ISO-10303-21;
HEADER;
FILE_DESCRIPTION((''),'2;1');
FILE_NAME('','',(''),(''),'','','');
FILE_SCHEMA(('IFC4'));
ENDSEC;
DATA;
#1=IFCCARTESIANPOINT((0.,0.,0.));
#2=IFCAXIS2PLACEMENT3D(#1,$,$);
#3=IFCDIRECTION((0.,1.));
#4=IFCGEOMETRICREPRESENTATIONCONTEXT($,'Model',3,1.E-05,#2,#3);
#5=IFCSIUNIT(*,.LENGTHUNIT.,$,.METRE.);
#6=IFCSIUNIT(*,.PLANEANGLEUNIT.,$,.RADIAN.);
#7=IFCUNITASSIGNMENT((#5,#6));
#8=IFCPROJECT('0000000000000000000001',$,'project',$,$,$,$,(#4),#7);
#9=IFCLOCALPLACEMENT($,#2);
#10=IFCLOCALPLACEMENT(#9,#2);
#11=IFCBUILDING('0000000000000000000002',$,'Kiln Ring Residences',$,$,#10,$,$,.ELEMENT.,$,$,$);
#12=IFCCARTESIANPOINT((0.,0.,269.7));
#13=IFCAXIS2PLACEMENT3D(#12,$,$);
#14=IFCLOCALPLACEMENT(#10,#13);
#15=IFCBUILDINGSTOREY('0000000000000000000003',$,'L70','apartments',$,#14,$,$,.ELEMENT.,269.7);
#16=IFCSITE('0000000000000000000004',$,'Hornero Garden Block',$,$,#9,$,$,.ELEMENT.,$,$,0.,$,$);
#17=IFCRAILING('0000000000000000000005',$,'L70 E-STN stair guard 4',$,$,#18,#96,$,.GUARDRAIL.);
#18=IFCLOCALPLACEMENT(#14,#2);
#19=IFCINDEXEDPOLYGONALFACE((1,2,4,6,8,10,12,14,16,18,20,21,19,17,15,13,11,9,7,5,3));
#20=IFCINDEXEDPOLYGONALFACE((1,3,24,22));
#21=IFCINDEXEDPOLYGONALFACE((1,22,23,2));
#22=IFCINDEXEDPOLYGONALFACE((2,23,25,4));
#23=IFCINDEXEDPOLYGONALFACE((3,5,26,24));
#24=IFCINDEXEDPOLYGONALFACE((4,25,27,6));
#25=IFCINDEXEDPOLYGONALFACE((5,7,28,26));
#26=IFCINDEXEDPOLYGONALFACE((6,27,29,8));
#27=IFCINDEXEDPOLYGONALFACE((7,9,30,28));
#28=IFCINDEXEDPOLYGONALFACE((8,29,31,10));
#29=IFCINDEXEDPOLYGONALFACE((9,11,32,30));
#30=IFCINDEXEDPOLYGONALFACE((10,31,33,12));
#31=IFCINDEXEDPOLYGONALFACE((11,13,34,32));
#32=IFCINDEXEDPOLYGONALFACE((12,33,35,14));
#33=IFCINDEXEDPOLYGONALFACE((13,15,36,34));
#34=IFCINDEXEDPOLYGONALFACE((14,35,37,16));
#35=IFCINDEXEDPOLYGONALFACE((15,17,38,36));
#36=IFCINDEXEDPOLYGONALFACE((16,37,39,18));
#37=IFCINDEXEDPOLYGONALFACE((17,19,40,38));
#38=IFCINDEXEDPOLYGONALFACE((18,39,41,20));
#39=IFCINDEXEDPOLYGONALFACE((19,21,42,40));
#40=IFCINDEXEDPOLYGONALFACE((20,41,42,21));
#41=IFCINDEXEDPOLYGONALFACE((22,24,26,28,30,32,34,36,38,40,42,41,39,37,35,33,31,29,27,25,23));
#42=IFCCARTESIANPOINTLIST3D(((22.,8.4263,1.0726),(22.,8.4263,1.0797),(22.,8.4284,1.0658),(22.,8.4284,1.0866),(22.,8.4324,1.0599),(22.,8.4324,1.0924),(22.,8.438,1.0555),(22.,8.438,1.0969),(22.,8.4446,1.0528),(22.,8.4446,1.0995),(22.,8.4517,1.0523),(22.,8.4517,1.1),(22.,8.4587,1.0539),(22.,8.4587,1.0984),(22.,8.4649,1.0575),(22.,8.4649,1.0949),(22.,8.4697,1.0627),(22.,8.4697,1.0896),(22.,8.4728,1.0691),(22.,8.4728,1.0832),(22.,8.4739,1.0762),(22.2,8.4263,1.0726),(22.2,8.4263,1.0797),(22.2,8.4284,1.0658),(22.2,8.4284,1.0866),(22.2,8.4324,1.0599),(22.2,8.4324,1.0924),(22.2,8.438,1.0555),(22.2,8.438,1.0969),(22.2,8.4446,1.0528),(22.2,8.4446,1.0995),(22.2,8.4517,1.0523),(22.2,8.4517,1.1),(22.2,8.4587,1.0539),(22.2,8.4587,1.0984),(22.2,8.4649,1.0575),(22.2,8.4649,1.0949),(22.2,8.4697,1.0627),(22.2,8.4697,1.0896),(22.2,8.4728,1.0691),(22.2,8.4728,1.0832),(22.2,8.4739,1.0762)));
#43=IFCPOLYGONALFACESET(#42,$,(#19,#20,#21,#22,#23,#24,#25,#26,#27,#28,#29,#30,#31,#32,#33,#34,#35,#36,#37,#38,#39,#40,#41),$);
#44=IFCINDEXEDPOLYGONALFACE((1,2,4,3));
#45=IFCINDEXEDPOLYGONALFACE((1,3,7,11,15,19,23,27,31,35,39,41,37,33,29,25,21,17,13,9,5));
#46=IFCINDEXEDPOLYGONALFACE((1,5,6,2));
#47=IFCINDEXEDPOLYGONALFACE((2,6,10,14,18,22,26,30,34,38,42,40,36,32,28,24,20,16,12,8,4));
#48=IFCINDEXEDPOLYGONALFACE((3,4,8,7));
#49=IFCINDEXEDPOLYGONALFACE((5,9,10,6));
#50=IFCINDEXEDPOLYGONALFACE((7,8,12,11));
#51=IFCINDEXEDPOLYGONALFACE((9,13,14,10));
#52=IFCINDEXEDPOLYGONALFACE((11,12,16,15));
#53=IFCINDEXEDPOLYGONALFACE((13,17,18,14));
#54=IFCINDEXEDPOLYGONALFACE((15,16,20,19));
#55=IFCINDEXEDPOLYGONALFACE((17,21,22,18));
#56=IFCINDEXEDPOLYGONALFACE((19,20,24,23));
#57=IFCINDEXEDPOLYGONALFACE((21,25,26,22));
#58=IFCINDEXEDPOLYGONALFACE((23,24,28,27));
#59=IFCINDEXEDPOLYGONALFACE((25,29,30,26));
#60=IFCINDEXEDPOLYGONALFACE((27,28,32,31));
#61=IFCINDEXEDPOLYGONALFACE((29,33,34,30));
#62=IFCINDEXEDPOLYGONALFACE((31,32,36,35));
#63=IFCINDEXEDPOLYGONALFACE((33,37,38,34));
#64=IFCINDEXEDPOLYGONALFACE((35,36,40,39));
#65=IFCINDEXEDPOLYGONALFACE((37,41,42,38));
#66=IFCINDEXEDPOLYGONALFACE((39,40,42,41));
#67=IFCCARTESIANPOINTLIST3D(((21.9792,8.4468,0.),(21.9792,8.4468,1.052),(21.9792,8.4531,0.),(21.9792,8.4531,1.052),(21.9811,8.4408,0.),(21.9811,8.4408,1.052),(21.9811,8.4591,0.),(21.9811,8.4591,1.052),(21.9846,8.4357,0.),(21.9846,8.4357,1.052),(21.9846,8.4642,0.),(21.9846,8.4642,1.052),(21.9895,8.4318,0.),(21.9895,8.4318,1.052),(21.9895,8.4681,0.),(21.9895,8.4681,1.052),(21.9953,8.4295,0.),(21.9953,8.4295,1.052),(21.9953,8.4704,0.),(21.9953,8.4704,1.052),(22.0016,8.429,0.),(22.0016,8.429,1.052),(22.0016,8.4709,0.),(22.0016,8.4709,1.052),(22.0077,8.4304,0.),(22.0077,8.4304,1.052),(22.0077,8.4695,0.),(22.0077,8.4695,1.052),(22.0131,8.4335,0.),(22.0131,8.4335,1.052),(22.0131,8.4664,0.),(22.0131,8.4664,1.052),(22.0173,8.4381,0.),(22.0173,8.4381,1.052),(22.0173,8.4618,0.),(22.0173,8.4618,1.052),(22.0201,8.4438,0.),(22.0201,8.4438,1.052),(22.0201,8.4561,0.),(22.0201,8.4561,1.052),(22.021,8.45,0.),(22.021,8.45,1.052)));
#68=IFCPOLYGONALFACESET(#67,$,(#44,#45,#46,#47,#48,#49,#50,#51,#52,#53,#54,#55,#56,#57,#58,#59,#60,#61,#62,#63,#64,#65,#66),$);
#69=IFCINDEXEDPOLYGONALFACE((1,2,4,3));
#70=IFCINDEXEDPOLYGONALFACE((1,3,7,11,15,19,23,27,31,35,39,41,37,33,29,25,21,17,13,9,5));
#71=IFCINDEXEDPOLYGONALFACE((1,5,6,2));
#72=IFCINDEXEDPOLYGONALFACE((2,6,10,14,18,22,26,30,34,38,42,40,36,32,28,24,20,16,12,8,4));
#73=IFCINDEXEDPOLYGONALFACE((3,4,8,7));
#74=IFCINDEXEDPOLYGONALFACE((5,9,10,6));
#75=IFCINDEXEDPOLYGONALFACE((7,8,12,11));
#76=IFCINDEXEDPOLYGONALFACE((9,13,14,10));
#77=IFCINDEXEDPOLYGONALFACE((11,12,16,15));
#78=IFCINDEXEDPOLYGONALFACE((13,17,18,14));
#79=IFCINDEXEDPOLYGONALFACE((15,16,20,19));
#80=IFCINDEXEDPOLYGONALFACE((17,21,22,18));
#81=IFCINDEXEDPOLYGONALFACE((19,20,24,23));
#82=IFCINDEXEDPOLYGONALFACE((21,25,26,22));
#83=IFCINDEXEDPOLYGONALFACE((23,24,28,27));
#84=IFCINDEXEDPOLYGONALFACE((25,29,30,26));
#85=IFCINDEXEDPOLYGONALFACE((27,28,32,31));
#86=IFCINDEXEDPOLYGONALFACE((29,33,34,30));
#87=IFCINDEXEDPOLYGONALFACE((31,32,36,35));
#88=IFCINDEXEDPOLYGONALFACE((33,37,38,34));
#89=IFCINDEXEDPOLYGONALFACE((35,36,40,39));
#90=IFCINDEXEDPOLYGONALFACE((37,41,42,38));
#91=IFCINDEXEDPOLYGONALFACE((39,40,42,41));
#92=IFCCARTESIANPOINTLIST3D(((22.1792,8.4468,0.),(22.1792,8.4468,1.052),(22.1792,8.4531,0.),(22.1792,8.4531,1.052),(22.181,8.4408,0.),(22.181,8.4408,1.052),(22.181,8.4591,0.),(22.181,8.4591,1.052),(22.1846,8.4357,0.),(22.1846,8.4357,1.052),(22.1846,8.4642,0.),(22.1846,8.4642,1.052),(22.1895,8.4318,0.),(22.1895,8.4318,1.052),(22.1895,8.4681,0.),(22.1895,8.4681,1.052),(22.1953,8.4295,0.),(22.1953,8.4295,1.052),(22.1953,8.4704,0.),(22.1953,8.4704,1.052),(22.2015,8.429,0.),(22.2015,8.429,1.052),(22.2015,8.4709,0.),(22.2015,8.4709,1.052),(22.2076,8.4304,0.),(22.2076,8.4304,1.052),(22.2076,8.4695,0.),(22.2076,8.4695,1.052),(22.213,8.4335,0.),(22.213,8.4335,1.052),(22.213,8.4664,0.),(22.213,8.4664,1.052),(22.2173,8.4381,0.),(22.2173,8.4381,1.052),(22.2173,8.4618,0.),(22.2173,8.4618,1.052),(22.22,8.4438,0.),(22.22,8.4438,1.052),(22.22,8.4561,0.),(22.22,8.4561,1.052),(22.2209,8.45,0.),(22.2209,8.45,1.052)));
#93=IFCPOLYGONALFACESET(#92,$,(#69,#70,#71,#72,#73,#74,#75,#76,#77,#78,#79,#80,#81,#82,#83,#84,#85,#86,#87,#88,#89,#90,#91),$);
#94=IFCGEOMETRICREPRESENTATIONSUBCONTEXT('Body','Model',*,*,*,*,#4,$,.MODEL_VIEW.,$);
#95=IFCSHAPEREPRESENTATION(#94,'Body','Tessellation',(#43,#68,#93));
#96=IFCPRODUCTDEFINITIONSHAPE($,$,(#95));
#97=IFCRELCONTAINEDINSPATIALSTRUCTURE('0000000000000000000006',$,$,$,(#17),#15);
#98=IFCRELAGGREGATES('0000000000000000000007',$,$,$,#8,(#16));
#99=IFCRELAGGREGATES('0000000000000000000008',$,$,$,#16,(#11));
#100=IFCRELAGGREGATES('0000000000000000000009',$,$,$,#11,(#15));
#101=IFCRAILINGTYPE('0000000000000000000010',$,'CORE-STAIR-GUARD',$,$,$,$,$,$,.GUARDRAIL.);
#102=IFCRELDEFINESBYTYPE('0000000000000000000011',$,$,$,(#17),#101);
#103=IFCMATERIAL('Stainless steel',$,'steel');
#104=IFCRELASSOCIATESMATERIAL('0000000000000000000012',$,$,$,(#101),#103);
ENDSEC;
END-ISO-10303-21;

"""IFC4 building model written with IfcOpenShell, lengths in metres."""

from ifc_helpers import new_model, si_unit, direction, frame, origin, origin_2d, place, context, subcontext, project, spatial, circle, extrude, material, type_object, element, save


model = new_model("IFC4")

# Units and contexts
model_context = context("Model", 3, precision=1e-05, world=origin(), true_north=direction((0.0, 1.0)))
body_context = subcontext(model_context, "Body", "Model", "MODEL_VIEW")
ifc_project = project(units=[si_unit("LENGTHUNIT", "METRE"), si_unit("PLANEANGLEUNIT", "RADIAN")], contexts=[model_context])

# Site, building, storey
site_placement = place(None, origin())
site = spatial("IfcSite", under=ifc_project, at=site_placement, Name="Hornero Garden Block", CompositionType="ELEMENT", RefElevation=0.0)
building_placement = place(site_placement, origin())
building = spatial("IfcBuilding", under=site, at=building_placement, Name="Kiln Ring Residences", CompositionType="ELEMENT")
storey_placement = place(building_placement, frame((0.0, 0.0, 269.7)))
storey = spatial("IfcBuildingStorey", under=building, at=storey_placement, Name="L70", Description="apartments", CompositionType="ELEMENT", Elevation=269.7)

# Railing
ifc_material_1 = material(Name="Stainless steel", Category="steel")
railing_type_1 = type_object("IfcRailingType", Name="CORE-STAIR-GUARD", PredefinedType="GUARDRAIL", material=ifc_material_1)
railing_1_placement = place(storey_placement, frame((22.0, 8.45, 0.0)))
element("IfcRailing", 1, at=railing_1_placement, inside=storey, type_object=railing_type_1, Name="L70 E-STN stair guard 4", PredefinedType="GUARDRAIL", context=body_context, shape_type="SweptSolid", body=[
    extrude(circle(Radius=0.0239, at=origin_2d()), frame((0.0, 0.0, 1.0762), z_axis=(1.0, 0.0, 0.0), x_axis=(0.0, 1.0, 0.0)), (0.0, 0.0, 1.0), 0.2),
    extrude(circle(Radius=0.021, at=origin_2d()), origin(), (0.0, 0.0, 1.0), 1.052),
    extrude(circle(Radius=0.021, at=origin_2d()), frame((0.2, 0.0, 0.0)), (0.0, 0.0, 1.0), 1.052),
])

save(model, "model.ifc")
